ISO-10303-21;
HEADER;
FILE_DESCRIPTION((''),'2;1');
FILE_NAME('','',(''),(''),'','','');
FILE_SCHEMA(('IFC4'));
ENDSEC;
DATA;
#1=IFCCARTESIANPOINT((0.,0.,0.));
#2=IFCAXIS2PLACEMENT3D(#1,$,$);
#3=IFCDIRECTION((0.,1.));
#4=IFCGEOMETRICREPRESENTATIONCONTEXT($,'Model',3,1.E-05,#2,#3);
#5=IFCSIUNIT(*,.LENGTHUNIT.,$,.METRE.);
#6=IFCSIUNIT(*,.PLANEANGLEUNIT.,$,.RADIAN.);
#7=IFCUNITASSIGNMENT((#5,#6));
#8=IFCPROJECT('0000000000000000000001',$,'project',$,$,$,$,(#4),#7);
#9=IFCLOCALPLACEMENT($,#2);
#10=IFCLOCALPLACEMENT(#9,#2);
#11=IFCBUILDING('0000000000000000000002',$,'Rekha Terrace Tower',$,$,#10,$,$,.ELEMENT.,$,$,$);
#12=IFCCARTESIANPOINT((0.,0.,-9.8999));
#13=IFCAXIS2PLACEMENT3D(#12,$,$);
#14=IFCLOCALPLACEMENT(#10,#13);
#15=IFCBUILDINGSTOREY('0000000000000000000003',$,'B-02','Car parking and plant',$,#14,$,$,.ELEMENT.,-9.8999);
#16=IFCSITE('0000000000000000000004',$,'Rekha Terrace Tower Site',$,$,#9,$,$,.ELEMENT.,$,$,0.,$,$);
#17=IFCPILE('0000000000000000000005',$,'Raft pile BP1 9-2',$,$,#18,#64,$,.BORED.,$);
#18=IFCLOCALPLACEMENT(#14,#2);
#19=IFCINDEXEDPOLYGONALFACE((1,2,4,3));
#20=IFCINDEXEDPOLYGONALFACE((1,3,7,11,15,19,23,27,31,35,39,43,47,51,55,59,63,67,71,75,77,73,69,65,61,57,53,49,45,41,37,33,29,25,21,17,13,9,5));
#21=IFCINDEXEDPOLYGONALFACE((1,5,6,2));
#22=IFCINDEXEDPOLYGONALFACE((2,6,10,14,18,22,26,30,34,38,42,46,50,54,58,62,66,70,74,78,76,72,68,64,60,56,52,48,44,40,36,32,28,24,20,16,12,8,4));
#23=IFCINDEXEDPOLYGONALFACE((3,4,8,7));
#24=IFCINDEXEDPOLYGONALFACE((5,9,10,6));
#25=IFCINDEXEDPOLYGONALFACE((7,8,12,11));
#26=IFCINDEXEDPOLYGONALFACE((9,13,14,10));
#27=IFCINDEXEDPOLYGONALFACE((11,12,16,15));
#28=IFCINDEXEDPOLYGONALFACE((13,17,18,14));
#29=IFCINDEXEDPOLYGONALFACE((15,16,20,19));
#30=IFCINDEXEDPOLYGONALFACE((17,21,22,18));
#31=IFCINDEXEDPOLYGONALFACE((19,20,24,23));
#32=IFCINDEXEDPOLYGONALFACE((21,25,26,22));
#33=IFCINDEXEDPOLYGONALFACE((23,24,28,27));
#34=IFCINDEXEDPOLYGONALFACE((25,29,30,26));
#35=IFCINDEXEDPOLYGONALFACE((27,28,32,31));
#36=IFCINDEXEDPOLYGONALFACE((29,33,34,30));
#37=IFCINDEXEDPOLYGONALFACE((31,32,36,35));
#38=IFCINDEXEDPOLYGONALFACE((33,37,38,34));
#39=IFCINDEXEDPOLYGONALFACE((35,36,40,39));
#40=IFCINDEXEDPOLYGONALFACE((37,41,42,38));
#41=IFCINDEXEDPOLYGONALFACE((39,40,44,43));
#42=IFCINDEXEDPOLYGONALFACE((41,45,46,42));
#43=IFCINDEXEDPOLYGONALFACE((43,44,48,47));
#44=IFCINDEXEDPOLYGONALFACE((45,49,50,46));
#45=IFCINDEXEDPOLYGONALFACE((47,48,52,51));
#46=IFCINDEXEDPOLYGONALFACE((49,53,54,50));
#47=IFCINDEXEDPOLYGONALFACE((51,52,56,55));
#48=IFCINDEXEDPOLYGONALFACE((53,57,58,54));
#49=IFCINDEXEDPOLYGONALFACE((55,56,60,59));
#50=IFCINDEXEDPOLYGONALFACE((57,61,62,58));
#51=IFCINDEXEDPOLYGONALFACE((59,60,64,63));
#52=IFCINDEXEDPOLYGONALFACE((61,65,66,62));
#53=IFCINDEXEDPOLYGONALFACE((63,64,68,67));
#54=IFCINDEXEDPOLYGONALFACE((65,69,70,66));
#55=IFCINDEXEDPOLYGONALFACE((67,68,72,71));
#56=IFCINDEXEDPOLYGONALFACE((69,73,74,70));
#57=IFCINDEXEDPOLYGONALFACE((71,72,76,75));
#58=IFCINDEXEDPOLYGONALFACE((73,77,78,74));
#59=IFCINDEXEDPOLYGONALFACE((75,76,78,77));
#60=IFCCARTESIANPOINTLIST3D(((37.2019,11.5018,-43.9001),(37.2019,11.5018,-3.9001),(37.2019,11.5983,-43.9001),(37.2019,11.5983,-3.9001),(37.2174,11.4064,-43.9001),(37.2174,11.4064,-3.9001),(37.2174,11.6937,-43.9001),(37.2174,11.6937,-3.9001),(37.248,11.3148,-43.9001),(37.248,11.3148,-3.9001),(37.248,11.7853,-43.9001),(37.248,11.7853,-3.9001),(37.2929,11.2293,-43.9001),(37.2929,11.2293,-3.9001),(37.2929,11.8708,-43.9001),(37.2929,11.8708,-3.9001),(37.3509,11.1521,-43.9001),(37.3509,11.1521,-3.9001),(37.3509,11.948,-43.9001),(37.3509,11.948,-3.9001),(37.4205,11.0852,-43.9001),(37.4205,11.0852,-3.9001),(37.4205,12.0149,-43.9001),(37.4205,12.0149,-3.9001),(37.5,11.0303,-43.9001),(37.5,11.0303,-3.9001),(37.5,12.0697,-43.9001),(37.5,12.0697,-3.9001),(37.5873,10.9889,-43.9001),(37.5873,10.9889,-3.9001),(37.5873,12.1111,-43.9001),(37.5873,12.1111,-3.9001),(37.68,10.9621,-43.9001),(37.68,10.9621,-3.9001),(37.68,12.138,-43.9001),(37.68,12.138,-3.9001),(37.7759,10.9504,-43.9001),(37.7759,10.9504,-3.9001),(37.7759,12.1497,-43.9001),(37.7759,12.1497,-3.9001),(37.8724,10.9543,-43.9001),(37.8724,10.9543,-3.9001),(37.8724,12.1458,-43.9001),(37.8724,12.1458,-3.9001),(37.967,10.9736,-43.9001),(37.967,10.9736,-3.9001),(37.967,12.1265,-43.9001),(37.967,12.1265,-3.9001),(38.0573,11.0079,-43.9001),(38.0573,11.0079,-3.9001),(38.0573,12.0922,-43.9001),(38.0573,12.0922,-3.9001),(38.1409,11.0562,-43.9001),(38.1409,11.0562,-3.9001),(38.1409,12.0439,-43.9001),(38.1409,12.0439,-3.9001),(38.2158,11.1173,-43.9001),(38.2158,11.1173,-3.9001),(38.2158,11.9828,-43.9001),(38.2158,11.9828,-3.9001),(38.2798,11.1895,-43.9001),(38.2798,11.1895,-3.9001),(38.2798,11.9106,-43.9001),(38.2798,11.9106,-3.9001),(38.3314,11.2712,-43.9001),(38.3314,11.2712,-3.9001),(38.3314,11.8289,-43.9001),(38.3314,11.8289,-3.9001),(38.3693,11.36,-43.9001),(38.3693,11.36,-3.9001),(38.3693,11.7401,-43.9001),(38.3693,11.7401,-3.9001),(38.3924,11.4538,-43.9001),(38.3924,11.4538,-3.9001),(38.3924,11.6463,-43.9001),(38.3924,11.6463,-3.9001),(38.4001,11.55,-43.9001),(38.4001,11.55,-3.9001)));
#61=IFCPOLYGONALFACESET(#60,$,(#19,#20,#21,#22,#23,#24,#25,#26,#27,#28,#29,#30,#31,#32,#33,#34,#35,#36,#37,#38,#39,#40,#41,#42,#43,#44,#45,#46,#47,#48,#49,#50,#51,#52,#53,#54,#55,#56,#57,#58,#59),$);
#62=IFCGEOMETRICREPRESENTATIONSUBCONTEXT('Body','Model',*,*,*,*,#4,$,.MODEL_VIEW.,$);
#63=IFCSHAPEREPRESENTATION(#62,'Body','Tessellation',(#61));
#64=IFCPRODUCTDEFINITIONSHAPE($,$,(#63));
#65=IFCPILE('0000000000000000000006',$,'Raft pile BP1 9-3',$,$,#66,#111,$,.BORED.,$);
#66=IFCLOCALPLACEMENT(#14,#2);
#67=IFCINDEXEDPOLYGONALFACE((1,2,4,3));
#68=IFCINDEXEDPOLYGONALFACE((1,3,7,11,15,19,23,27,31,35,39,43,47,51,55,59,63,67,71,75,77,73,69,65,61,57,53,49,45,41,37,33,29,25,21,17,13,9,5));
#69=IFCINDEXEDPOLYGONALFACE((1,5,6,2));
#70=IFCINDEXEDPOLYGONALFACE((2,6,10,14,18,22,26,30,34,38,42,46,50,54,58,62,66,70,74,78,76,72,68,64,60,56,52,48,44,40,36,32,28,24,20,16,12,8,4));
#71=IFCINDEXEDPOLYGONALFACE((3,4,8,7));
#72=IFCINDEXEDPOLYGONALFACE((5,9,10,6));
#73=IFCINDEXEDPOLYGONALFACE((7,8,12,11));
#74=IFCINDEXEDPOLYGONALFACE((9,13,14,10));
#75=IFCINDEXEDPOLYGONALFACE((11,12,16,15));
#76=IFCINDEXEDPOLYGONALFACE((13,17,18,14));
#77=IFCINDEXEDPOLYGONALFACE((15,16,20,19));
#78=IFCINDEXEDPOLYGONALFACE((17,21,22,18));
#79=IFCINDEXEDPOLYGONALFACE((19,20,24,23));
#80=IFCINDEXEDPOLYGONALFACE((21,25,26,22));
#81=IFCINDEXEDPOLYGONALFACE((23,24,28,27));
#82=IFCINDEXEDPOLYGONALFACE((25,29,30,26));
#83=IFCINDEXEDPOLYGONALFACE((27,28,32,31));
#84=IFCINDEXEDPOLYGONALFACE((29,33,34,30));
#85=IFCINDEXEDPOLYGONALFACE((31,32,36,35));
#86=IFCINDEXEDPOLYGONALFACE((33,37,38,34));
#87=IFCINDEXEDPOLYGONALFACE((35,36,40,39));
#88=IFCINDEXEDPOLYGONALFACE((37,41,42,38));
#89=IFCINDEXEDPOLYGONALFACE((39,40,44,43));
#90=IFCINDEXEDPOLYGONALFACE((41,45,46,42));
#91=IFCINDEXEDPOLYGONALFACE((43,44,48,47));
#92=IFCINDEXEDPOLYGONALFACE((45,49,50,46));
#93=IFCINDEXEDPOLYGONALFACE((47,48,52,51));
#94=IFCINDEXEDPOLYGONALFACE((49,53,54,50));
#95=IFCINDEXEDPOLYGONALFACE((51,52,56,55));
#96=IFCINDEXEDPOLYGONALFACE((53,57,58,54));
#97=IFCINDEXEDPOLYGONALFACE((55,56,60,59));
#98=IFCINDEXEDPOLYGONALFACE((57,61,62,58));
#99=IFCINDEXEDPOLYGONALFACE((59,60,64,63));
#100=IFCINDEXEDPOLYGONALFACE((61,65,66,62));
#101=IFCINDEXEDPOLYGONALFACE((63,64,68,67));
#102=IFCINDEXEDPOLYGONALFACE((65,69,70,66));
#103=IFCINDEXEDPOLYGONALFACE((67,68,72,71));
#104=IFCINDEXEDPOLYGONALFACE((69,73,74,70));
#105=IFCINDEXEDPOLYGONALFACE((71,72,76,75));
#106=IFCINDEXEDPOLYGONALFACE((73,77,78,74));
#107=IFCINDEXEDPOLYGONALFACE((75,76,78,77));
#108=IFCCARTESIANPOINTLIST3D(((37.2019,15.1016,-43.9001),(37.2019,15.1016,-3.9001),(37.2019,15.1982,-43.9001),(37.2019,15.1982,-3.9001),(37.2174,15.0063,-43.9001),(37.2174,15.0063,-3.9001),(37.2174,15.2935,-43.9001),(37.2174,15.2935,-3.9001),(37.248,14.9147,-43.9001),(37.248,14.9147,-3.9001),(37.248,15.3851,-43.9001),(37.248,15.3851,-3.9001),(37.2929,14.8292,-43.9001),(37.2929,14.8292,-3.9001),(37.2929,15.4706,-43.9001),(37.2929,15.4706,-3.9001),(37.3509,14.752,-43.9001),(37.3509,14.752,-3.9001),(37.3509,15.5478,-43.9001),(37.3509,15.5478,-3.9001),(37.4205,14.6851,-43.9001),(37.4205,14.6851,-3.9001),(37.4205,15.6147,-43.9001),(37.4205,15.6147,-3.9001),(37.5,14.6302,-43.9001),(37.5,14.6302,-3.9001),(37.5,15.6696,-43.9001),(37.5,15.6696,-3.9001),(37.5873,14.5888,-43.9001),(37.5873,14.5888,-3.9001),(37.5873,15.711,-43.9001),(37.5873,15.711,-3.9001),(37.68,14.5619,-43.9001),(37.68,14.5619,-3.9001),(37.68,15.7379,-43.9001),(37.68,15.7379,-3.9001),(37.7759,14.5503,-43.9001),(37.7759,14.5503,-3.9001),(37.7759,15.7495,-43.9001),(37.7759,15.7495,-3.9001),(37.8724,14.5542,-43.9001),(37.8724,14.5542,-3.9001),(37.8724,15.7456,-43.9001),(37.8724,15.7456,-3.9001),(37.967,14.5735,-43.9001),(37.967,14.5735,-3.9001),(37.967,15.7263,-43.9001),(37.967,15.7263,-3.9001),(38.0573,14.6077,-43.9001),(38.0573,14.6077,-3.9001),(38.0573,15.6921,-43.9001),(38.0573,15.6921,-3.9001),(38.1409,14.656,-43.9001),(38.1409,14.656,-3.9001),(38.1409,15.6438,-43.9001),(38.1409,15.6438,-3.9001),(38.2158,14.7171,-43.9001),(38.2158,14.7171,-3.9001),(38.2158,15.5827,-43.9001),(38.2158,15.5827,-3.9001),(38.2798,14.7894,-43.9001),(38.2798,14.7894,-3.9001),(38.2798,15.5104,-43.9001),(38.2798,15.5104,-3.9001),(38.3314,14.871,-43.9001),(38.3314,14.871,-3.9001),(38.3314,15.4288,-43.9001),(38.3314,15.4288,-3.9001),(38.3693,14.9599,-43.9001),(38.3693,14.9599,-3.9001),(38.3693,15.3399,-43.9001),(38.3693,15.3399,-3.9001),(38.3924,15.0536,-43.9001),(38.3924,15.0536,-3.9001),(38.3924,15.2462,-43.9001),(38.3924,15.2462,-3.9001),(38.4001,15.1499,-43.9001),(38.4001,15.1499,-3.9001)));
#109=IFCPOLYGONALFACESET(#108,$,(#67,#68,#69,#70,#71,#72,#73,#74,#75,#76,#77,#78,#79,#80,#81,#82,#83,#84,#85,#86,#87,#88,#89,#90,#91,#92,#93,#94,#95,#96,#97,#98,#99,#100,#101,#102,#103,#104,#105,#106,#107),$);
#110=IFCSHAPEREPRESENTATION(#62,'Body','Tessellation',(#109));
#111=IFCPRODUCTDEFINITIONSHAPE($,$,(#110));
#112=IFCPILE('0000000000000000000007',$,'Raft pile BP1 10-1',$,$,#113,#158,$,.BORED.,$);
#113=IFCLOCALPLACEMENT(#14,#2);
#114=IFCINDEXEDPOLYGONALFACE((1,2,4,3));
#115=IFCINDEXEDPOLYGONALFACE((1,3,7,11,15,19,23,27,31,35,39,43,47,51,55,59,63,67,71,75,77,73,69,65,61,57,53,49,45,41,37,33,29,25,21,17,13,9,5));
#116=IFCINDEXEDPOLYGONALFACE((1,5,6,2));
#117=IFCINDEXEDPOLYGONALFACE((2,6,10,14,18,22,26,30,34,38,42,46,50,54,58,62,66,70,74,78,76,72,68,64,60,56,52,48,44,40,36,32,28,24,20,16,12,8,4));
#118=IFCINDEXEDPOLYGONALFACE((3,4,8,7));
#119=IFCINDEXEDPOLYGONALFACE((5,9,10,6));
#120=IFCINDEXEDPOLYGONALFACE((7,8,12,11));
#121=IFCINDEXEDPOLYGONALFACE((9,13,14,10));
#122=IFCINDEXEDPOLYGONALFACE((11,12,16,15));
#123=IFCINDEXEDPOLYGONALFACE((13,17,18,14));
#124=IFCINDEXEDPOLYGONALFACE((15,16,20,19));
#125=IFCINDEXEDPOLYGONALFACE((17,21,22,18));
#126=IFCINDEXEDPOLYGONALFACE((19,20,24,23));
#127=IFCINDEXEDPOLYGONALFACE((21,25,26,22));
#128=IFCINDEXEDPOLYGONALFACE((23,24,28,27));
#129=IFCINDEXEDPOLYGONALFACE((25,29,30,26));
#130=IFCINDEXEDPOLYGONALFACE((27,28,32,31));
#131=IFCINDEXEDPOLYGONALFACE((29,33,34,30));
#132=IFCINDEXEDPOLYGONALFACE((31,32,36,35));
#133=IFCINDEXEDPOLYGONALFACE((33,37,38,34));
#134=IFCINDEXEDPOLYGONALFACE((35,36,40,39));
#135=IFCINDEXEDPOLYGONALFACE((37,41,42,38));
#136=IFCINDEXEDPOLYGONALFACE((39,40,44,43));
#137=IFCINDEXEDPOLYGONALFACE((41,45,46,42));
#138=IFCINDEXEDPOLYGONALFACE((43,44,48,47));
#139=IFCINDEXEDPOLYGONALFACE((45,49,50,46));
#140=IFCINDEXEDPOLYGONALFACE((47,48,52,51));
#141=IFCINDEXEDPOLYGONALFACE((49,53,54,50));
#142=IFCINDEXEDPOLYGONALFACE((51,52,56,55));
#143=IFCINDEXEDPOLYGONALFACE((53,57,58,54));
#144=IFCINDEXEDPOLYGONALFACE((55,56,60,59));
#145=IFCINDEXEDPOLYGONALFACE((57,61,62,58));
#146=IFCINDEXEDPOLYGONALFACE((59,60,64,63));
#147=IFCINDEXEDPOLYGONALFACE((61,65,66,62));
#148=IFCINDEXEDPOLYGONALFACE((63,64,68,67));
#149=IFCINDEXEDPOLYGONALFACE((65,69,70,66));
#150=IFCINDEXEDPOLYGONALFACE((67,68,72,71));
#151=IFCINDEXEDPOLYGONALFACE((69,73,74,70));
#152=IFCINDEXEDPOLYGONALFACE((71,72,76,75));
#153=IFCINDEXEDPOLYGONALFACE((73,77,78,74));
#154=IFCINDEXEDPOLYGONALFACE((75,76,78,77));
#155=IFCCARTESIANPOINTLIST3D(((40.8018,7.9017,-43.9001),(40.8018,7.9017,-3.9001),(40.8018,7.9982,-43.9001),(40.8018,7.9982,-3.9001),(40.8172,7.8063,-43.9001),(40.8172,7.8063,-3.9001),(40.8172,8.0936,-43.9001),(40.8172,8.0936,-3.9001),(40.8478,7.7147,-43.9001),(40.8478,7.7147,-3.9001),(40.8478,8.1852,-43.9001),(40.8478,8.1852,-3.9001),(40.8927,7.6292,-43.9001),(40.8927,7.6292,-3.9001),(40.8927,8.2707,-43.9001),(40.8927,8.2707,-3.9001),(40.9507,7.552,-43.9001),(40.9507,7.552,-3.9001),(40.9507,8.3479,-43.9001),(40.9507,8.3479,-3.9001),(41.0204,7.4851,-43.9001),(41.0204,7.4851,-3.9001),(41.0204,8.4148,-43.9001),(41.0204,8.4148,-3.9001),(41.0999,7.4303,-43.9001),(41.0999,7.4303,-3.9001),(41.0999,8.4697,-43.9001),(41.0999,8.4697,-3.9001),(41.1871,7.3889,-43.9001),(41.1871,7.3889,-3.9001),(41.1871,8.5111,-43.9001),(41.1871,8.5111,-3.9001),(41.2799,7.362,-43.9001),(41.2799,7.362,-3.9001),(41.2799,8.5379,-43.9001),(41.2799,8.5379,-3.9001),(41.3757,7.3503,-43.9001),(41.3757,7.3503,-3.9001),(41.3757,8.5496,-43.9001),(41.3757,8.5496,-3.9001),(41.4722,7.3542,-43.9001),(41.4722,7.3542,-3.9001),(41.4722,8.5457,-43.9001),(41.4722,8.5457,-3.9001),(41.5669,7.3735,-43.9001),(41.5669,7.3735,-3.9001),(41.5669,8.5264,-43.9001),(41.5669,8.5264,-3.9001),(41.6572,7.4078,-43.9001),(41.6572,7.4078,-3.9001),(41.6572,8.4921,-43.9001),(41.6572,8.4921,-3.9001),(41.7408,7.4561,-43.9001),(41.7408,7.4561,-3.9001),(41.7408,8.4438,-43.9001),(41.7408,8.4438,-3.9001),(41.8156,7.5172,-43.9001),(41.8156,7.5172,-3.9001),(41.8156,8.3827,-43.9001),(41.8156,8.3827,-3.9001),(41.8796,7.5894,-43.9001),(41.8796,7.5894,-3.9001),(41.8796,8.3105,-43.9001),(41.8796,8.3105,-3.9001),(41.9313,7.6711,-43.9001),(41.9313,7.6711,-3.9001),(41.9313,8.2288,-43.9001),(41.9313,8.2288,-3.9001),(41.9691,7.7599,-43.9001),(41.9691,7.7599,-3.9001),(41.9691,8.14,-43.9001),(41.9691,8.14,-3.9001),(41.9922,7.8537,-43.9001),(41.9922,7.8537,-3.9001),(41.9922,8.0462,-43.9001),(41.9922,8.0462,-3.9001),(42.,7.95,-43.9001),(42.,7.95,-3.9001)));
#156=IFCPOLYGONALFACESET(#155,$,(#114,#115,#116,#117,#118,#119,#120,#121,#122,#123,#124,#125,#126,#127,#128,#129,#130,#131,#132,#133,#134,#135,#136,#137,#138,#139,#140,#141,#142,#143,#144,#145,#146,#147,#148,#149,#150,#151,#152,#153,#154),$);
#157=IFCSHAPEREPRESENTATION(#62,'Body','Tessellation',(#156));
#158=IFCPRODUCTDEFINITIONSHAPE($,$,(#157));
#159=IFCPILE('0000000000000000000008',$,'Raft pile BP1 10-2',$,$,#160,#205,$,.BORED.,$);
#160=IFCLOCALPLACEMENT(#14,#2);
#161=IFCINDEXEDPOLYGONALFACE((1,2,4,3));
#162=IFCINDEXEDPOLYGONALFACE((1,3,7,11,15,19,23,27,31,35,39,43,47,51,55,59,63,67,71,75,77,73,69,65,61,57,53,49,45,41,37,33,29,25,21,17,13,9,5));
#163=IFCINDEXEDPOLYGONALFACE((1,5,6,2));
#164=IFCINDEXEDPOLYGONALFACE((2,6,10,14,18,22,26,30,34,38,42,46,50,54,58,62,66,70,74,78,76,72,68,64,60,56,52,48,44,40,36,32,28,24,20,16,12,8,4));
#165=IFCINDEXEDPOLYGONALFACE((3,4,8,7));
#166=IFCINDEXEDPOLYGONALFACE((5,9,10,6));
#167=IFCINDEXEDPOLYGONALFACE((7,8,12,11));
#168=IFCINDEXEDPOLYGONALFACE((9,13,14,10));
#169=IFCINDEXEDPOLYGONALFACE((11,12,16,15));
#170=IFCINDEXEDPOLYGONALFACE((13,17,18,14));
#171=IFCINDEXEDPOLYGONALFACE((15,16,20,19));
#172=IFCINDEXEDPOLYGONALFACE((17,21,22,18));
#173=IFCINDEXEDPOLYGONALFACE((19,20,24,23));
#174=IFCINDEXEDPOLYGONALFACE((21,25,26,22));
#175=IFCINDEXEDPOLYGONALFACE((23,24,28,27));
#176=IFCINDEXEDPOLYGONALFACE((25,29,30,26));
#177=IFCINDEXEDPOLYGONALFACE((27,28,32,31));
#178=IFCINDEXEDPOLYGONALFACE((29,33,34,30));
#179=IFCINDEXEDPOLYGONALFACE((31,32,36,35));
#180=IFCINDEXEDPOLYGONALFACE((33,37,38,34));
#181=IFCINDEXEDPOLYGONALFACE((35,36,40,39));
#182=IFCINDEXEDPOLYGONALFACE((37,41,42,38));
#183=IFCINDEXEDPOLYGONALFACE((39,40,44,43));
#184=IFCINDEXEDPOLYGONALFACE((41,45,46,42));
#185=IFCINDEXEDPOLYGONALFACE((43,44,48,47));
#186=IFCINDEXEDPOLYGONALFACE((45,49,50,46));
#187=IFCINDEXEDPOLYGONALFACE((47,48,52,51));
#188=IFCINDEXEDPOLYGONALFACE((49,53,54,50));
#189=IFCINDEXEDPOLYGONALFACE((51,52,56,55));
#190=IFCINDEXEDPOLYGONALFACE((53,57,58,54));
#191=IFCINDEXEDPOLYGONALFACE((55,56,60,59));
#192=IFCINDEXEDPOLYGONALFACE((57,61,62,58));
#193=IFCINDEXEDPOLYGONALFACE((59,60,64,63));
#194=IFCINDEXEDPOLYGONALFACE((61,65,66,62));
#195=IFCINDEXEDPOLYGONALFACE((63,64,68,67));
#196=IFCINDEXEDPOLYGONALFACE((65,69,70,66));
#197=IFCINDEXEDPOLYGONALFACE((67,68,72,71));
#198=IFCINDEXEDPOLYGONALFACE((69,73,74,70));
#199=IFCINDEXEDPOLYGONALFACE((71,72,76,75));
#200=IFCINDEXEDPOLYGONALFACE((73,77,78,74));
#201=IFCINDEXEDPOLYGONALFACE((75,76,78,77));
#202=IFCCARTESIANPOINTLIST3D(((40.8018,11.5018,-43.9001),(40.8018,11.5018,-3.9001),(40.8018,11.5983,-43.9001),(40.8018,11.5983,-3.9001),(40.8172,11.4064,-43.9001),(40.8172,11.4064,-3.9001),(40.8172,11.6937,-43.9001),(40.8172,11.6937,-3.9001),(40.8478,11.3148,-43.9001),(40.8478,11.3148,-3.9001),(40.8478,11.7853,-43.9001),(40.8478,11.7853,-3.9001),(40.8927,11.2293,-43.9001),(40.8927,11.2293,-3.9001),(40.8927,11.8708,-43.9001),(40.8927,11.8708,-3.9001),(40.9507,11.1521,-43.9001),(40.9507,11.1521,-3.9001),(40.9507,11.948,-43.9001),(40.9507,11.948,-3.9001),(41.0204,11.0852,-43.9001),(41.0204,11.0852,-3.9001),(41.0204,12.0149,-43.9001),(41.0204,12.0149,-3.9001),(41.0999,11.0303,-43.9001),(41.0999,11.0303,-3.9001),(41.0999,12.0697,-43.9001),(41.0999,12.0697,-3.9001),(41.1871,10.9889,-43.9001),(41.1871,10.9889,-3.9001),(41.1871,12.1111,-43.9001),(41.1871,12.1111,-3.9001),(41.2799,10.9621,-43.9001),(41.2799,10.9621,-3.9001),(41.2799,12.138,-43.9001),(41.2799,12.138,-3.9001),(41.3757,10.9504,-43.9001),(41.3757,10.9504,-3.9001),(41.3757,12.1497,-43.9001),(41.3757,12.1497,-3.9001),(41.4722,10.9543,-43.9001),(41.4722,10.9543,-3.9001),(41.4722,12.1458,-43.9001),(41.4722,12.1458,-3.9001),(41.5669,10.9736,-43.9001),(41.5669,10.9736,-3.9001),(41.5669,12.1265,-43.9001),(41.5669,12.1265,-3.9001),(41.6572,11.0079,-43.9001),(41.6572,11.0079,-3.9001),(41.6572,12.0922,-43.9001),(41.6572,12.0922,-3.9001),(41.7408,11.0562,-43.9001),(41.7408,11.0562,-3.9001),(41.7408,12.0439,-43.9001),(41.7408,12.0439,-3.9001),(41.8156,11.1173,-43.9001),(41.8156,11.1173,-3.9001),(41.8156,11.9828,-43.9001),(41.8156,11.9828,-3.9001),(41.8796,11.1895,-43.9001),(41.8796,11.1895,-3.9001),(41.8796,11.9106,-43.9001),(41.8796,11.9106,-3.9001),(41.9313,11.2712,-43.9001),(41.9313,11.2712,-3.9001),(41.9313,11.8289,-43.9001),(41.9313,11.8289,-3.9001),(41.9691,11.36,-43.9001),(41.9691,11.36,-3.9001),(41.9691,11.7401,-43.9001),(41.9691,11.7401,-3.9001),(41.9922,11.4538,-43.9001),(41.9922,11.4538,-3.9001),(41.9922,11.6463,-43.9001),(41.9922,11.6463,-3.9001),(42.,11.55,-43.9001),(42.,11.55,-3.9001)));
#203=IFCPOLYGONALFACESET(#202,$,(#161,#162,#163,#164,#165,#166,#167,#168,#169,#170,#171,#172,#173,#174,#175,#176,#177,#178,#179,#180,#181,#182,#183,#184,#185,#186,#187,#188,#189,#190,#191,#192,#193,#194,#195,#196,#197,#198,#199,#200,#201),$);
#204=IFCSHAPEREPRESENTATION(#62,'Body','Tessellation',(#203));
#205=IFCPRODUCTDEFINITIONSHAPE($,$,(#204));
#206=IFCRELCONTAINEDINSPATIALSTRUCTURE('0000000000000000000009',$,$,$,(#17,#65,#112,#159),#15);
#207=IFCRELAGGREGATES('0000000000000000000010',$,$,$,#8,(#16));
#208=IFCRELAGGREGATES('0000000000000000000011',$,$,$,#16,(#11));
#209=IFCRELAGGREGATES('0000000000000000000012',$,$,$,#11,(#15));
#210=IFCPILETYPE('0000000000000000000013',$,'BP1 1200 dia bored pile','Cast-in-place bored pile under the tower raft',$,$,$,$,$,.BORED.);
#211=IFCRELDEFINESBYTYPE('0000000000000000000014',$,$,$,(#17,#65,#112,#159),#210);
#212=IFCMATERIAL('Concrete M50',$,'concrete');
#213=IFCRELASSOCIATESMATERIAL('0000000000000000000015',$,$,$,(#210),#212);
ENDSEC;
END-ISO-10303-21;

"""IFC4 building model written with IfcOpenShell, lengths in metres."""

from ifc_helpers import new_model, si_unit, direction, frame, origin, origin_2d, place, context, subcontext, project, spatial, circle, extrude, material, type_object, element, save


model = new_model("IFC4")

# Units and contexts
model_context = context("Model", 3, precision=1e-05, world=origin(), true_north=direction((0.0, 1.0)))
body_context = subcontext(model_context, "Body", "Model", "MODEL_VIEW")
ifc_project = project(units=[si_unit("LENGTHUNIT", "METRE"), si_unit("PLANEANGLEUNIT", "RADIAN")], contexts=[model_context])

# Site, building, storey
site_placement = place(None, origin())
site = spatial("IfcSite", under=ifc_project, at=site_placement, Name="Rekha Terrace Tower Site", CompositionType="ELEMENT", RefElevation=0.0)
building_placement = place(site_placement, origin())
building = spatial("IfcBuilding", under=site, at=building_placement, Name="Rekha Terrace Tower", CompositionType="ELEMENT")
storey_placement = place(building_placement, frame((0.0, 0.0, -9.8999)))
storey = spatial("IfcBuildingStorey", under=building, at=storey_placement, Name="B-02", Description="Car parking and plant", CompositionType="ELEMENT", Elevation=-9.8999)

# Piles
ifc_material_1 = material(Name="Concrete M50", Category="concrete")
pile_type_1 = type_object("IfcPileType", Name="BP1 1200 dia bored pile", Description="Cast-in-place bored pile under the tower raft", PredefinedType="BORED", material=ifc_material_1)
for number, where, z_axis, x_axis, name in (
    (1, (37.8, 11.55, -3.9001), (0.0, 0.0, -1.0), (1.0, 0.0, 0.0), "Raft pile BP1 9-2"),
    (2, (37.8, 15.1499, -3.9001), (0.0, 0.0, -1.0), (1.0, 0.0, 0.0), "Raft pile BP1 9-3"),
    (3, (41.3999, 7.95, -3.9001), (0.0, 0.0, -1.0), (1.0, 0.0, 0.0), "Raft pile BP1 10-1"),
    (4, (41.3999, 11.55, -3.9001), (0.0, 0.0, -1.0), (1.0, 0.0, 0.0), "Raft pile BP1 10-2"),
):
    element("IfcPile", number, at=place(storey_placement, frame(where, z_axis=z_axis, x_axis=x_axis)), inside=storey, type_object=pile_type_1, Name=name, PredefinedType="BORED", context=body_context, shape_type="SweptSolid", body=[
        extrude(circle(Radius=0.6001, at=origin_2d()), origin(), (0.0, 0.0, 1.0), 40.0),
    ])

save(model, "model.ifc")
